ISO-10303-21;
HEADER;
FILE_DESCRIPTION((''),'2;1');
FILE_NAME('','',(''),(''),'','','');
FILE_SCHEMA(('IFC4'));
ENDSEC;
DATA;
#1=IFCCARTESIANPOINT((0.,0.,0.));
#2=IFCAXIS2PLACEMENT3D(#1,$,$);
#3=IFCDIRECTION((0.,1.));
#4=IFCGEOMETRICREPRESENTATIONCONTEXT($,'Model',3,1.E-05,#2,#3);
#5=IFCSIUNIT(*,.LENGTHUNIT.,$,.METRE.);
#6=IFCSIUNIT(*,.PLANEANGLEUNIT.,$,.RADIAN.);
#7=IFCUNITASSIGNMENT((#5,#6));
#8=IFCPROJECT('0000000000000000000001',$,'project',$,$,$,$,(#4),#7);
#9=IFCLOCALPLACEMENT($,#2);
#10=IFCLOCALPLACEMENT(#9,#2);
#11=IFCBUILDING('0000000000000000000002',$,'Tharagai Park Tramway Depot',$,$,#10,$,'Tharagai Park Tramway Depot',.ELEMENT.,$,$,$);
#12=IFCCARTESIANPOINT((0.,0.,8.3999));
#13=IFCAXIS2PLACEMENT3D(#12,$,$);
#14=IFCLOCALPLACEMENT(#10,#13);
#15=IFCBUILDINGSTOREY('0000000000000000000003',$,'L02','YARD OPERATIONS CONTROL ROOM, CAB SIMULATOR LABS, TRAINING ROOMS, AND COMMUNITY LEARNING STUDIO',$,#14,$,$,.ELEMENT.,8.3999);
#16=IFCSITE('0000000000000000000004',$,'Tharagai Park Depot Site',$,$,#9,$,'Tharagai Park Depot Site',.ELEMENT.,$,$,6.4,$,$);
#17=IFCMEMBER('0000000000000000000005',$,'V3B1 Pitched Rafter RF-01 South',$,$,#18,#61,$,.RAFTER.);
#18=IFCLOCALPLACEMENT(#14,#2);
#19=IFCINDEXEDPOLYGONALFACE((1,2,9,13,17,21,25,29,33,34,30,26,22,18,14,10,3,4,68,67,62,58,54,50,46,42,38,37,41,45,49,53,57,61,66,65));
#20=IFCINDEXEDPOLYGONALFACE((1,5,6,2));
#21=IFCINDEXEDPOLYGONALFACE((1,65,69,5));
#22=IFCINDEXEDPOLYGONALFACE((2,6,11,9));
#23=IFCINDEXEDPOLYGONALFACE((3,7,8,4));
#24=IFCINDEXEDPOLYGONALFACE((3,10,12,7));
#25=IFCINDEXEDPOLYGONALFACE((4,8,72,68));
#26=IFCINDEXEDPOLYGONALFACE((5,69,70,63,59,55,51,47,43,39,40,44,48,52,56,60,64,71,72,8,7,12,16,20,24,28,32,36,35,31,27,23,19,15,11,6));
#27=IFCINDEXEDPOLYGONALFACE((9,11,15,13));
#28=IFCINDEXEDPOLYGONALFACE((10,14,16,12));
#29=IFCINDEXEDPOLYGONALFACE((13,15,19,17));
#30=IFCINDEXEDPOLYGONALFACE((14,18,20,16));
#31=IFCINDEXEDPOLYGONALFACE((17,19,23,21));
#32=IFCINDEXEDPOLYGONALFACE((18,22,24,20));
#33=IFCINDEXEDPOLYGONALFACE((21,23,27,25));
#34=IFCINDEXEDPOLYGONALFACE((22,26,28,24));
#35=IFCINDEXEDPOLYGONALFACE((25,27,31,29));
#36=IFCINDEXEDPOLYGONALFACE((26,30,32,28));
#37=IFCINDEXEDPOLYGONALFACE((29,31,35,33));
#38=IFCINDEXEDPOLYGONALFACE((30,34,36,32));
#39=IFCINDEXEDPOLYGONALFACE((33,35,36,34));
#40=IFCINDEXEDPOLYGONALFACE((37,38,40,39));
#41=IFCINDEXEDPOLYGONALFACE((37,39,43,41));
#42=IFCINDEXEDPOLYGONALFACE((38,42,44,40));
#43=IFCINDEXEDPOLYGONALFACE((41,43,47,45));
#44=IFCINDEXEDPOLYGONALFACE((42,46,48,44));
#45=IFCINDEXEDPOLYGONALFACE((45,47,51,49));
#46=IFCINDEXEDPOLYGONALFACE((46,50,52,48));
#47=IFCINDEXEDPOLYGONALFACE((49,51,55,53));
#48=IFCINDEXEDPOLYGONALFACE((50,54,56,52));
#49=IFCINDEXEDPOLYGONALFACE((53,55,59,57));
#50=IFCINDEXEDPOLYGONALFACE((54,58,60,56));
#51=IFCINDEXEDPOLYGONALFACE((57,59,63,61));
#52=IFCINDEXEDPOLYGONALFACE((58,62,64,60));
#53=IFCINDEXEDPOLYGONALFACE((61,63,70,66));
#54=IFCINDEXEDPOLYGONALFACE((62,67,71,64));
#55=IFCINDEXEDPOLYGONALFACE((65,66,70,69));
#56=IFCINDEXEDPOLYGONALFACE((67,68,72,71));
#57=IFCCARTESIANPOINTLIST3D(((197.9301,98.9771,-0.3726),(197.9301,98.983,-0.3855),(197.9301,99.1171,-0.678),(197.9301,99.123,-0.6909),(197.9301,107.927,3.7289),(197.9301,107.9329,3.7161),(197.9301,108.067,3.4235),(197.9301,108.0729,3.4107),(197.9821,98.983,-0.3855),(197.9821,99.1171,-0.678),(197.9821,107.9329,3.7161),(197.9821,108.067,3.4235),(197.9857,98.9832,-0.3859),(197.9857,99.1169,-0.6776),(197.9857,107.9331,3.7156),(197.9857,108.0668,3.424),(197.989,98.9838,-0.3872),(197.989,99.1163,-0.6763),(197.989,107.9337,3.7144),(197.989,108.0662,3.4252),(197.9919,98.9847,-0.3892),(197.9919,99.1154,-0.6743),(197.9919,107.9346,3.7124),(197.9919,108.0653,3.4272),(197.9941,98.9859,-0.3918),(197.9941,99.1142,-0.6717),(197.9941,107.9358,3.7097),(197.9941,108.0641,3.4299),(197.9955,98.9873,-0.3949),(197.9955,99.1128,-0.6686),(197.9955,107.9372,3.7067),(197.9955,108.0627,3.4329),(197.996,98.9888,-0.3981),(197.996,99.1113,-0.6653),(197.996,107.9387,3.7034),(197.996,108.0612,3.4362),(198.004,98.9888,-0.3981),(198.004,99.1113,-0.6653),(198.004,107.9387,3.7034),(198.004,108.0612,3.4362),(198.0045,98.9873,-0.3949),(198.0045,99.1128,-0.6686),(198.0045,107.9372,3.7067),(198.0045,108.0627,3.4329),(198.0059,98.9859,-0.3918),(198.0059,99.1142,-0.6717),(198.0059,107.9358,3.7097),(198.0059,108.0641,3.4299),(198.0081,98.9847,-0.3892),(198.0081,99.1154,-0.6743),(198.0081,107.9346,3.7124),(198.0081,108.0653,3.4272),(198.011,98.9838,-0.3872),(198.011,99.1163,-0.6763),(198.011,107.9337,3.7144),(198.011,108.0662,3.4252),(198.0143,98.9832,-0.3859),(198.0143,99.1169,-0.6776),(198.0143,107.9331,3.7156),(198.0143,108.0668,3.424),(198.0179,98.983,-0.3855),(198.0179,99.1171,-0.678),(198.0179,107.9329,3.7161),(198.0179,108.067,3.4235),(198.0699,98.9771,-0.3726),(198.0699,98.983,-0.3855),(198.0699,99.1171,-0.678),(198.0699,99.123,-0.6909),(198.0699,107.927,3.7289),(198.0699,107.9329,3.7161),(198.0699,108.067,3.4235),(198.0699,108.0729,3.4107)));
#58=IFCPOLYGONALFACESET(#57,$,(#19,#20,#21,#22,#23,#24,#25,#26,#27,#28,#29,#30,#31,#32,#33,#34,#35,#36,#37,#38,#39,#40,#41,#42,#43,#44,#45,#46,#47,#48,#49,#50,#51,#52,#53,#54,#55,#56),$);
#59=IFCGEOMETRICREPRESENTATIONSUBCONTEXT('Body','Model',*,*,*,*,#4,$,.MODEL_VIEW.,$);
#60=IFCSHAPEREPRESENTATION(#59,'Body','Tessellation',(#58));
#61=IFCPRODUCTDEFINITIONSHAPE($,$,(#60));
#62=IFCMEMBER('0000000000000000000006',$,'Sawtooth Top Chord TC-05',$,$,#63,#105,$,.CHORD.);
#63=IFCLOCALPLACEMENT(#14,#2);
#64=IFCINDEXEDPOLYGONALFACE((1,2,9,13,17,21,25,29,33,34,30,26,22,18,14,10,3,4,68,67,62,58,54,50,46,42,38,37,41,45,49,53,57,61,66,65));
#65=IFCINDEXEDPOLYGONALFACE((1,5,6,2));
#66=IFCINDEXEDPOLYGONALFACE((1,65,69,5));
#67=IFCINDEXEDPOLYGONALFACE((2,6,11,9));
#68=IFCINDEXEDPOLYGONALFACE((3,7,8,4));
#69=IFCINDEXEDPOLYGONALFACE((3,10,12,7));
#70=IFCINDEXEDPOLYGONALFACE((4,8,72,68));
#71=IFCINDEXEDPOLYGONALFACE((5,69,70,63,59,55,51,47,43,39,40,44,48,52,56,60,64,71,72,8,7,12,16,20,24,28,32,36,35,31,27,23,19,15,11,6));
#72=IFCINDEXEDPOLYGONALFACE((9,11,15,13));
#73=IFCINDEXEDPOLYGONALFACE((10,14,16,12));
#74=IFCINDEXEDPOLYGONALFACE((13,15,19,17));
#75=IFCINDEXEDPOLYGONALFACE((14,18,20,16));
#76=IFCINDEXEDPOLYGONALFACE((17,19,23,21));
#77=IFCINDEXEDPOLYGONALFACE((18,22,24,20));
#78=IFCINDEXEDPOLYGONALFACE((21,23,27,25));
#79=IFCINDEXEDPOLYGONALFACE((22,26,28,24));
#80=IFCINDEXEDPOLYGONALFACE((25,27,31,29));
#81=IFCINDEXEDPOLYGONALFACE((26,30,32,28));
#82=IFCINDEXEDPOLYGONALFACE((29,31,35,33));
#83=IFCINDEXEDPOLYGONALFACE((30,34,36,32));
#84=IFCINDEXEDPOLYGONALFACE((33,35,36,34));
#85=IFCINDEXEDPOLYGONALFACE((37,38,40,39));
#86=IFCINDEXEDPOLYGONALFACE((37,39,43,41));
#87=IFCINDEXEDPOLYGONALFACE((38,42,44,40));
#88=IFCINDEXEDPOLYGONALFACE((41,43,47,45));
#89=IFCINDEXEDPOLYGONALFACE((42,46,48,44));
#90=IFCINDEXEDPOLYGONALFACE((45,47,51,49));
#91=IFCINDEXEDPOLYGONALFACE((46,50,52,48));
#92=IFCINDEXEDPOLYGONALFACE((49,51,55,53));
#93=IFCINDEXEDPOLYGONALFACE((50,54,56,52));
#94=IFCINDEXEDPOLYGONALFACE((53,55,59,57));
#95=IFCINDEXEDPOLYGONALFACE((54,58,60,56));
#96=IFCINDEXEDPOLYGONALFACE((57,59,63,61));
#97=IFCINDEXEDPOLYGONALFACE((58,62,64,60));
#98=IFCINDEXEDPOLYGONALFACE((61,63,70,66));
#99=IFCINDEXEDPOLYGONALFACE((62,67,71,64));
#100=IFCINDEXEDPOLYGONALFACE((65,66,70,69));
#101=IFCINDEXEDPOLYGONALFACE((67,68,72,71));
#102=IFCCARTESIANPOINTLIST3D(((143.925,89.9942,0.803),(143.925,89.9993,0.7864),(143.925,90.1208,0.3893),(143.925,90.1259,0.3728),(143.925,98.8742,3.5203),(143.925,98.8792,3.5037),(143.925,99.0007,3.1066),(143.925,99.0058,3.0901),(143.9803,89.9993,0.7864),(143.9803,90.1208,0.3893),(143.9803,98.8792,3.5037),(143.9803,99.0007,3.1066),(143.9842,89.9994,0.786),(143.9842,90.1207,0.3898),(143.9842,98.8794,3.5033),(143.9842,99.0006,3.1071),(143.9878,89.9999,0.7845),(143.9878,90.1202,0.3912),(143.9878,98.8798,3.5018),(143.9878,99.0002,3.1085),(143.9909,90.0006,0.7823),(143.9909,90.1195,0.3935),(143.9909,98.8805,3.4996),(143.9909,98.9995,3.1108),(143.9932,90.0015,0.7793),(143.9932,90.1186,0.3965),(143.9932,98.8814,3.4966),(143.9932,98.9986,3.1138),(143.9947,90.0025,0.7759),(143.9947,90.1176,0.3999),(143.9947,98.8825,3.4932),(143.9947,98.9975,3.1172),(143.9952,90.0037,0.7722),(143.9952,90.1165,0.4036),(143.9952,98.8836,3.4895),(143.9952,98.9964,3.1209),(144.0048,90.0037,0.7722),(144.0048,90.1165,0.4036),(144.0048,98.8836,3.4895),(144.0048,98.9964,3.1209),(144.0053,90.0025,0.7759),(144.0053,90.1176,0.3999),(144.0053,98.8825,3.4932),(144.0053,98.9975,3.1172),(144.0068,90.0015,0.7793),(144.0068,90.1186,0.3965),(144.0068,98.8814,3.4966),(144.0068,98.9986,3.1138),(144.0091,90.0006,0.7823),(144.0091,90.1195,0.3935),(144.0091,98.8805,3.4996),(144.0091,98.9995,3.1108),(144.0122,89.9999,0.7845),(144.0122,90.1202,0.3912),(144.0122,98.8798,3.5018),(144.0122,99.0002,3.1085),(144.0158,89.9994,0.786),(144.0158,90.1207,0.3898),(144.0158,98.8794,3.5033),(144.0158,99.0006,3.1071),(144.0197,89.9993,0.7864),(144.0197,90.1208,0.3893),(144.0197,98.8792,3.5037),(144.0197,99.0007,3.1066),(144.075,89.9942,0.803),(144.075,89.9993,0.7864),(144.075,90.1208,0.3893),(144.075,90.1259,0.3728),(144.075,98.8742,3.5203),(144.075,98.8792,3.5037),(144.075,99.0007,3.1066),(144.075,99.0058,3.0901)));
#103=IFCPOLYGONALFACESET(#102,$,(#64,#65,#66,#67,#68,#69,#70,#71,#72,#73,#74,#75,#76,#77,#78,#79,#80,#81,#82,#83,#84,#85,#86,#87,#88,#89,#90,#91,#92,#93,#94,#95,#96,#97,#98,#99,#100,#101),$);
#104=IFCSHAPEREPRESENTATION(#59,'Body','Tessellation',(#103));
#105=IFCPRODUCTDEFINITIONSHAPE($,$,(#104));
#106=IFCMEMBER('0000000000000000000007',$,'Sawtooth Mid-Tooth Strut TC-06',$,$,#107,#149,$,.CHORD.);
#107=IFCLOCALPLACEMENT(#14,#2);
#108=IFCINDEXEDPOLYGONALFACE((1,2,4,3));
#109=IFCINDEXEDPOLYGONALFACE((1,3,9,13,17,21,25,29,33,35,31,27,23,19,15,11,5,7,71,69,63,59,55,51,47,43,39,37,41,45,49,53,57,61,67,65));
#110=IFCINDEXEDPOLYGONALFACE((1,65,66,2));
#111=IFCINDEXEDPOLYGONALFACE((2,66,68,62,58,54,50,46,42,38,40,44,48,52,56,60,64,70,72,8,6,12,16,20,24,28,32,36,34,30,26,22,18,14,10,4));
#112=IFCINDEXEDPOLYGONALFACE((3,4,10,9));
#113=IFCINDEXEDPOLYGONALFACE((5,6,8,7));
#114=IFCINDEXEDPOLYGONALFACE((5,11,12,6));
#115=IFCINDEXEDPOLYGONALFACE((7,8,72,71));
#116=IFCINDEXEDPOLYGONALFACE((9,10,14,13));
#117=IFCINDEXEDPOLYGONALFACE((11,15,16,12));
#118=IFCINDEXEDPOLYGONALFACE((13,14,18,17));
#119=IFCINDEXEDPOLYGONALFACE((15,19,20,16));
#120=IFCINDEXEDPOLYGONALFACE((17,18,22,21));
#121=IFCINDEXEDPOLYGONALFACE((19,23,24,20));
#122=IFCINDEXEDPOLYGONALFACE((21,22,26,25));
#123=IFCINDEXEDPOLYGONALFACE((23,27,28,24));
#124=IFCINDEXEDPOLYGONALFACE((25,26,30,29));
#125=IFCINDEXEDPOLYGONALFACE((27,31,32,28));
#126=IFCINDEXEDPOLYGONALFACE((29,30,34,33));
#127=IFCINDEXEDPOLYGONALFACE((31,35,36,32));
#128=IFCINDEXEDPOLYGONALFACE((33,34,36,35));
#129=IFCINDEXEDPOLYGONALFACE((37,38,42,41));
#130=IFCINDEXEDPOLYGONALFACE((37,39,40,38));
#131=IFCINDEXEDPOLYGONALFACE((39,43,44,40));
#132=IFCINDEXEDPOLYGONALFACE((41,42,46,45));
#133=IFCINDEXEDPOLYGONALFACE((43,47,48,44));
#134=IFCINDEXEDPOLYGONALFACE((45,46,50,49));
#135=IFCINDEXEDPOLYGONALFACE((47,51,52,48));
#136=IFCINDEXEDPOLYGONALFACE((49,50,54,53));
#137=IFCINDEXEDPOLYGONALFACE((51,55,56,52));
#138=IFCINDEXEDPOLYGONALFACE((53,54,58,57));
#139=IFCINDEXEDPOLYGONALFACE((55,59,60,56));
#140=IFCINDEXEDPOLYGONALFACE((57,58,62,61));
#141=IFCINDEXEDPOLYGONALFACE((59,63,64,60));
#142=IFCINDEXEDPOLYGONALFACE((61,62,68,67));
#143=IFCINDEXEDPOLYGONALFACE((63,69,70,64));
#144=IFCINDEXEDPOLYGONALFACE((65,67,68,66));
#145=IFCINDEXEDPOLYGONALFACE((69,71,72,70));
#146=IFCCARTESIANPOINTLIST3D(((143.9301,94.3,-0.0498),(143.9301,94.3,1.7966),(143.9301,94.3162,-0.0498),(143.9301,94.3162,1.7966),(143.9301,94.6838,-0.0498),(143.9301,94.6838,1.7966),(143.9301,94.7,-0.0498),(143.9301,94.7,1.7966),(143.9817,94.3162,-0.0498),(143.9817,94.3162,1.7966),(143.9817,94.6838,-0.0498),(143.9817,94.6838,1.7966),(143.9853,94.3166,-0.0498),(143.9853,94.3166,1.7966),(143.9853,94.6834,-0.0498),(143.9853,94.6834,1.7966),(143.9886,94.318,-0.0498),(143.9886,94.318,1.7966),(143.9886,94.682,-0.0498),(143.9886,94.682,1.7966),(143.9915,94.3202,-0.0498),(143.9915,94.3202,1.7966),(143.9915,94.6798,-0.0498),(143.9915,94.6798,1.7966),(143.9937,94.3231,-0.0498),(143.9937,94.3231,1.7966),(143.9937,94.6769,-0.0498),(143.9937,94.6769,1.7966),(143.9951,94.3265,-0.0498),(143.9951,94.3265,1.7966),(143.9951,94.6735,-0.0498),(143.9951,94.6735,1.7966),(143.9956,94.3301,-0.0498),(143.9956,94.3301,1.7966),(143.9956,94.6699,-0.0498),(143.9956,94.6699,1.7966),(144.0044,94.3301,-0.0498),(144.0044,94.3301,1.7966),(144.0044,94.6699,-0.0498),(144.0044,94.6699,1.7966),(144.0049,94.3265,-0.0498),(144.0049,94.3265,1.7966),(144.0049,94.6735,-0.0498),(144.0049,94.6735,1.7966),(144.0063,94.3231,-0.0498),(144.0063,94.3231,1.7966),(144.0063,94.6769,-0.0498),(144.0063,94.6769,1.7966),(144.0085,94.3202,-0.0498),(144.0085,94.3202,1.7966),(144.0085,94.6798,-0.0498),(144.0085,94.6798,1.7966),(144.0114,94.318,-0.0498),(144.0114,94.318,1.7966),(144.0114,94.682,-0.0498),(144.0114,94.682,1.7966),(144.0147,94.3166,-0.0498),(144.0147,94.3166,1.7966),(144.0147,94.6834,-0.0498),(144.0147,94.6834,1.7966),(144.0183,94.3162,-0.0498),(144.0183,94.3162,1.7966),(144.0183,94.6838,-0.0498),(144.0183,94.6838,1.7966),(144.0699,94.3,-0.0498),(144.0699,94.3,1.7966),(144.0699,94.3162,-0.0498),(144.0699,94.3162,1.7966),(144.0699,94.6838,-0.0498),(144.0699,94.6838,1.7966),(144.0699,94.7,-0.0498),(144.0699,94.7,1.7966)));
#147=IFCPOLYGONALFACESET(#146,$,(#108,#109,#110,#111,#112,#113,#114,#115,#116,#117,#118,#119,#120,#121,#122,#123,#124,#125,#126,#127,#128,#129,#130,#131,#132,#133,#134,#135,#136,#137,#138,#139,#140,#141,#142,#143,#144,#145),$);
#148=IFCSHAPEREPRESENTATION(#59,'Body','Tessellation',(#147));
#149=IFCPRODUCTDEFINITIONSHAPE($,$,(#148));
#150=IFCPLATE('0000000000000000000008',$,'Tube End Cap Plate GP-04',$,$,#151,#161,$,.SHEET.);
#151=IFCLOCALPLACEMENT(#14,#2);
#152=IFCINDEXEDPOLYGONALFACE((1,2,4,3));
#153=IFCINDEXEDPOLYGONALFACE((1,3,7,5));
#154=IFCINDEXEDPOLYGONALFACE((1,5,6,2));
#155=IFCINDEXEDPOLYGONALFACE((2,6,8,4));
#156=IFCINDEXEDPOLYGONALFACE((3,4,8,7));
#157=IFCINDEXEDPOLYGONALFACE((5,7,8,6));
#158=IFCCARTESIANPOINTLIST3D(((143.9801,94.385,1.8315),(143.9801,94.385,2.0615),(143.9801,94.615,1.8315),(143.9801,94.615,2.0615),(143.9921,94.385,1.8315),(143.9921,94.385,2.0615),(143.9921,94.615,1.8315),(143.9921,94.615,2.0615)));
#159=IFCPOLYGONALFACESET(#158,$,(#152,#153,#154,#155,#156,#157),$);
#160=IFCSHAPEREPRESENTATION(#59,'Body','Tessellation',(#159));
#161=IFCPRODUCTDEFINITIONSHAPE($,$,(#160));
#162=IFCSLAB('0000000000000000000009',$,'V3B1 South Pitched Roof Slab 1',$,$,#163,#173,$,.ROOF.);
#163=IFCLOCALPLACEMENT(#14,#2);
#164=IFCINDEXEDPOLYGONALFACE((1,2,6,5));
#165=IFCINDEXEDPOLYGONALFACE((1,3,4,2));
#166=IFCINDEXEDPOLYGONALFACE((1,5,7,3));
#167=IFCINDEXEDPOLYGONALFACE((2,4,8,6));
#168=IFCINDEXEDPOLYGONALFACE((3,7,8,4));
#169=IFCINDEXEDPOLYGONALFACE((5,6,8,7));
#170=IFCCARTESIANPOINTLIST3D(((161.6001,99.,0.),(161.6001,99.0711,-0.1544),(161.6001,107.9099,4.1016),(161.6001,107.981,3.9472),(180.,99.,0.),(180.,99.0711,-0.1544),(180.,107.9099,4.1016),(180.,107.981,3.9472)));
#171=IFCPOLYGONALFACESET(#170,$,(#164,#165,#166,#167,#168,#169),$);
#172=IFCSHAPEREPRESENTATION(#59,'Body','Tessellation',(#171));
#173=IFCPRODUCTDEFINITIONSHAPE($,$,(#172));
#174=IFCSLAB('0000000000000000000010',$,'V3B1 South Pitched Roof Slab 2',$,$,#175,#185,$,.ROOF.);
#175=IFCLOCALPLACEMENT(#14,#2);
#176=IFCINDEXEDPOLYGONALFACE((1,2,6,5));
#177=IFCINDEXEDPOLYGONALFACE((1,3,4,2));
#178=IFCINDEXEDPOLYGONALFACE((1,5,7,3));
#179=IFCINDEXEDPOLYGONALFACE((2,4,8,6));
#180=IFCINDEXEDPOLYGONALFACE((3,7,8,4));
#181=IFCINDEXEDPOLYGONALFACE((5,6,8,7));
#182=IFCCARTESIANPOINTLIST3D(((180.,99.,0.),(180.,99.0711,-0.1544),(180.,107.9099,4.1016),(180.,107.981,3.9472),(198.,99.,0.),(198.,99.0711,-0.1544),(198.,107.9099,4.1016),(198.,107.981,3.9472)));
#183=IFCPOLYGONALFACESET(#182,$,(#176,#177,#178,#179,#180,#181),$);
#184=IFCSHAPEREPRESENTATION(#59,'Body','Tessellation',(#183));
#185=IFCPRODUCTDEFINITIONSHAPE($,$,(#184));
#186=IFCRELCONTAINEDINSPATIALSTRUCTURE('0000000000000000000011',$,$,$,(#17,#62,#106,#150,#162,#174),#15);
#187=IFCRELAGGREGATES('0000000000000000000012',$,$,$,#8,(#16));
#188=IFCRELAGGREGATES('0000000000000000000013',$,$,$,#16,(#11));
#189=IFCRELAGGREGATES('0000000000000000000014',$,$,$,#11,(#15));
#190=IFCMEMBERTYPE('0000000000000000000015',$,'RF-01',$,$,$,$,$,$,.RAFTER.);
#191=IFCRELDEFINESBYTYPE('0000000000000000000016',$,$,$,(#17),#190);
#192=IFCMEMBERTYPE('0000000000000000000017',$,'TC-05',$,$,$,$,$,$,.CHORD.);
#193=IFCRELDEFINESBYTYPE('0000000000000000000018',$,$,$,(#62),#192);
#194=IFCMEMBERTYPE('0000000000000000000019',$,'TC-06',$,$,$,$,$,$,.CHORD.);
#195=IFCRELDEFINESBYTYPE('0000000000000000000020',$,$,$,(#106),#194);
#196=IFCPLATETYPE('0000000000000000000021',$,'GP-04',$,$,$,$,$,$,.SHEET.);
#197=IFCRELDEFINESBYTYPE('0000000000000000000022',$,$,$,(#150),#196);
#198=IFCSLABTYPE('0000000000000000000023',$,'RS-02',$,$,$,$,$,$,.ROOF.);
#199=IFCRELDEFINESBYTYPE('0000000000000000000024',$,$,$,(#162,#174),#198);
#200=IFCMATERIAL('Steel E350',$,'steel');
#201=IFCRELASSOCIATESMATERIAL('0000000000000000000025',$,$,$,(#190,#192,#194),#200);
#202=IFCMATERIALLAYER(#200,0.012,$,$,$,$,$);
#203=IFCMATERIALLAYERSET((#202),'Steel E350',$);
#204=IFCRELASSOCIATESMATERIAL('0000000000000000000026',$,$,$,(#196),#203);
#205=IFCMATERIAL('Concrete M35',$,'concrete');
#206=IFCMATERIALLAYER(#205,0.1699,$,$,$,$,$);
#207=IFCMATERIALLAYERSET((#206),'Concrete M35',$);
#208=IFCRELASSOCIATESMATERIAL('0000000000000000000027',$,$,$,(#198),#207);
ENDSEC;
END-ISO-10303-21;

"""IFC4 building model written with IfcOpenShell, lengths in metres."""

from ifc_helpers import new_model, si_unit, direction, frame, origin, origin_2d, place, context, subcontext, project, spatial, polyline, rectangle, i_section, outline, extrude, material, layer, layer_set, material_profile, profile_set, type_object, element, save


model = new_model("IFC4")

# Units and contexts
model_context = context("Model", 3, precision=1e-05, world=origin(), true_north=direction((0.0, 1.0)))
body_context = subcontext(model_context, "Body", "Model", "MODEL_VIEW")
ifc_project = project(units=[si_unit("LENGTHUNIT", "METRE"), si_unit("PLANEANGLEUNIT", "RADIAN")], contexts=[model_context])

# Site, building, storey
site_placement = place(None, origin())
site = spatial("IfcSite", under=ifc_project, at=site_placement, Name="Tharagai Park Depot Site", LongName="Tharagai Park Depot Site", CompositionType="ELEMENT", RefElevation=6.4)
building_placement = place(site_placement, origin())
building = spatial("IfcBuilding", under=site, at=building_placement, Name="Tharagai Park Tramway Depot", LongName="Tharagai Park Tramway Depot", CompositionType="ELEMENT")
storey_placement = place(building_placement, frame((0.0, 0.0, 8.3999)))
storey = spatial("IfcBuildingStorey", under=building, at=storey_placement, Name="L02", Description="YARD OPERATIONS CONTROL ROOM, CAB SIMULATOR LABS, TRAINING ROOMS, AND COMMUNITY LEARNING STUDIO", CompositionType="ELEMENT", Elevation=8.3999)

# Shared definitions
ifc_material_1 = material(Name="Steel E350", Category="steel")

# Shared definitions
ifc_material_2 = material(Name="Concrete M35", Category="concrete")

# Members
ifc_material_profile_1 = material_profile(ifc_material_1, i_section(OverallWidth=0.1399, OverallDepth=0.3501, WebThickness=0.0081, FlangeThickness=0.0142, FilletRadius=0.0139, at=origin_2d()), Name="ISMB 350")
ifc_profile_set_1 = profile_set([ifc_material_profile_1], Name="Steel E350")
member_type_1 = type_object("IfcMemberType", Name="RF-01", PredefinedType="RAFTER", material=ifc_profile_set_1)
for number, where, z_axis, x_axis, name in (
    (1, (198.0, 99.05, -0.5317), (0.0, 0.909084, 0.416613), (-1.0, 0.0, 0.0), "V3B1 Pitched Rafter RF-01 South"),
):
    element("IfcMember", number, at=place(storey_placement, frame(where, z_axis=z_axis, x_axis=x_axis)), inside=storey, type_object=member_type_1, Name=name, PredefinedType="RAFTER", context=body_context, shape_type="SweptSolid", body=[
        extrude(i_section(OverallWidth=0.1399, OverallDepth=0.3501, WebThickness=0.0081, FlangeThickness=0.0142, FilletRadius=0.0139, at=origin_2d()), origin(), (0.0, 0.0, 1.0), 9.845),
    ])
ifc_material_profile_2 = material_profile(ifc_material_1, i_section(OverallWidth=0.1499, OverallDepth=0.45, WebThickness=0.0095, FlangeThickness=0.0173, FilletRadius=0.0149, at=origin_2d()), Name="ISMB 450")
ifc_profile_set_2 = profile_set([ifc_material_profile_2], Name="Steel E350")
member_type_2 = type_object("IfcMemberType", Name="TC-05", PredefinedType="CHORD", material=ifc_profile_set_2)
member_1_placement = place(storey_placement, frame((144.0, 90.0601, 0.5879), z_axis=(0.0, 0.956231, 0.292611), x_axis=(-1.0, 0.0, 0.0)))
element("IfcMember", 2, at=member_1_placement, inside=storey, type_object=member_type_2, Name="Sawtooth Top Chord TC-05", PredefinedType="CHORD", context=body_context, shape_type="SweptSolid", body=[
    extrude(i_section(OverallWidth=0.1499, OverallDepth=0.45, WebThickness=0.0095, FlangeThickness=0.0173, FilletRadius=0.0149, at=origin_2d()), origin(), (0.0, 0.0, 1.0), 9.2864),
])
ifc_material_profile_3 = material_profile(ifc_material_1, i_section(OverallWidth=0.1399, OverallDepth=0.3999, WebThickness=0.0088, FlangeThickness=0.0161, FilletRadius=0.0139, at=origin_2d()), Name="ISMB 400")
ifc_profile_set_3 = profile_set([ifc_material_profile_3], Name="Steel E350")
member_type_3 = type_object("IfcMemberType", Name="TC-06", PredefinedType="CHORD", material=ifc_profile_set_3)
member_2_placement = place(storey_placement, frame((144.0, 94.5, -0.0498), z_axis=(0.0, 0.0, 1.0), x_axis=(1.0, 0.0, 0.0)))
element("IfcMember", 3, at=member_2_placement, inside=storey, type_object=member_type_3, Name="Sawtooth Mid-Tooth Strut TC-06", PredefinedType="CHORD", context=body_context, shape_type="SweptSolid", body=[
    extrude(i_section(OverallWidth=0.1399, OverallDepth=0.3999, WebThickness=0.0088, FlangeThickness=0.0161, FilletRadius=0.0139, at=origin_2d()), origin(), (0.0, 0.0, 1.0), 1.8464),
])

# Plate
ifc_layer_1 = layer(ifc_material_1, 0.012)
ifc_layer_set_1 = layer_set([ifc_layer_1], Name="Steel E350")
plate_type = type_object("IfcPlateType", Name="GP-04", PredefinedType="SHEET", material=ifc_layer_set_1)
plate_placement = place(storey_placement, frame((143.9861, 94.5, 1.8315), z_axis=(0.0, 0.0, 1.0), x_axis=(1.0, 0.0, 0.0)))
element("IfcPlate", 4, at=plate_placement, inside=storey, type_object=plate_type, Name="Tube End Cap Plate GP-04", PredefinedType="SHEET", context=body_context, shape_type="SweptSolid", body=[
    extrude(rectangle(XDim=0.012, YDim=0.23, at=origin_2d()), origin(), (0.0, 0.0, 1.0), 0.23),
])

# Slabs
ifc_layer_2 = layer(ifc_material_2, 0.1699)
ifc_layer_set_2 = layer_set([ifc_layer_2], Name="Concrete M35")
slab_type = type_object("IfcSlabType", Name="RS-02", PredefinedType="ROOF", material=ifc_layer_set_2)
slab_1_placement = place(storey_placement, frame((161.6001, 99.0, 0.0), z_axis=(0.0, -0.418158, 0.908374), x_axis=(1.0, 0.0, 0.0)))
element("IfcSlab", 5, at=slab_1_placement, inside=storey, type_object=slab_type, Name="V3B1 South Pitched Roof Slab 1", PredefinedType="ROOF", context=body_context, shape_type="SweptSolid", body=[
    extrude(outline(polyline([(0.0, 0.0), (18.3999, 0.0), (18.3999, 9.8086), (0.0, 9.8086), (0.0, 0.0)])), origin(), (0.0, 0.0, -1.0), 0.1699),
])
slab_2_placement = place(storey_placement, frame((180.0, 99.0, 0.0), z_axis=(0.0, -0.418158, 0.908374), x_axis=(1.0, 0.0, 0.0)))
element("IfcSlab", 6, at=slab_2_placement, inside=storey, type_object=slab_type, Name="V3B1 South Pitched Roof Slab 2", PredefinedType="ROOF", context=body_context, shape_type="SweptSolid", body=[
    extrude(outline(polyline([(0.0, 0.0), (18.0, 0.0), (18.0, 9.8086), (0.0, 9.8086), (0.0, 0.0)])), origin(), (0.0, 0.0, -1.0), 0.1699),
])

save(model, "model.ifc")
